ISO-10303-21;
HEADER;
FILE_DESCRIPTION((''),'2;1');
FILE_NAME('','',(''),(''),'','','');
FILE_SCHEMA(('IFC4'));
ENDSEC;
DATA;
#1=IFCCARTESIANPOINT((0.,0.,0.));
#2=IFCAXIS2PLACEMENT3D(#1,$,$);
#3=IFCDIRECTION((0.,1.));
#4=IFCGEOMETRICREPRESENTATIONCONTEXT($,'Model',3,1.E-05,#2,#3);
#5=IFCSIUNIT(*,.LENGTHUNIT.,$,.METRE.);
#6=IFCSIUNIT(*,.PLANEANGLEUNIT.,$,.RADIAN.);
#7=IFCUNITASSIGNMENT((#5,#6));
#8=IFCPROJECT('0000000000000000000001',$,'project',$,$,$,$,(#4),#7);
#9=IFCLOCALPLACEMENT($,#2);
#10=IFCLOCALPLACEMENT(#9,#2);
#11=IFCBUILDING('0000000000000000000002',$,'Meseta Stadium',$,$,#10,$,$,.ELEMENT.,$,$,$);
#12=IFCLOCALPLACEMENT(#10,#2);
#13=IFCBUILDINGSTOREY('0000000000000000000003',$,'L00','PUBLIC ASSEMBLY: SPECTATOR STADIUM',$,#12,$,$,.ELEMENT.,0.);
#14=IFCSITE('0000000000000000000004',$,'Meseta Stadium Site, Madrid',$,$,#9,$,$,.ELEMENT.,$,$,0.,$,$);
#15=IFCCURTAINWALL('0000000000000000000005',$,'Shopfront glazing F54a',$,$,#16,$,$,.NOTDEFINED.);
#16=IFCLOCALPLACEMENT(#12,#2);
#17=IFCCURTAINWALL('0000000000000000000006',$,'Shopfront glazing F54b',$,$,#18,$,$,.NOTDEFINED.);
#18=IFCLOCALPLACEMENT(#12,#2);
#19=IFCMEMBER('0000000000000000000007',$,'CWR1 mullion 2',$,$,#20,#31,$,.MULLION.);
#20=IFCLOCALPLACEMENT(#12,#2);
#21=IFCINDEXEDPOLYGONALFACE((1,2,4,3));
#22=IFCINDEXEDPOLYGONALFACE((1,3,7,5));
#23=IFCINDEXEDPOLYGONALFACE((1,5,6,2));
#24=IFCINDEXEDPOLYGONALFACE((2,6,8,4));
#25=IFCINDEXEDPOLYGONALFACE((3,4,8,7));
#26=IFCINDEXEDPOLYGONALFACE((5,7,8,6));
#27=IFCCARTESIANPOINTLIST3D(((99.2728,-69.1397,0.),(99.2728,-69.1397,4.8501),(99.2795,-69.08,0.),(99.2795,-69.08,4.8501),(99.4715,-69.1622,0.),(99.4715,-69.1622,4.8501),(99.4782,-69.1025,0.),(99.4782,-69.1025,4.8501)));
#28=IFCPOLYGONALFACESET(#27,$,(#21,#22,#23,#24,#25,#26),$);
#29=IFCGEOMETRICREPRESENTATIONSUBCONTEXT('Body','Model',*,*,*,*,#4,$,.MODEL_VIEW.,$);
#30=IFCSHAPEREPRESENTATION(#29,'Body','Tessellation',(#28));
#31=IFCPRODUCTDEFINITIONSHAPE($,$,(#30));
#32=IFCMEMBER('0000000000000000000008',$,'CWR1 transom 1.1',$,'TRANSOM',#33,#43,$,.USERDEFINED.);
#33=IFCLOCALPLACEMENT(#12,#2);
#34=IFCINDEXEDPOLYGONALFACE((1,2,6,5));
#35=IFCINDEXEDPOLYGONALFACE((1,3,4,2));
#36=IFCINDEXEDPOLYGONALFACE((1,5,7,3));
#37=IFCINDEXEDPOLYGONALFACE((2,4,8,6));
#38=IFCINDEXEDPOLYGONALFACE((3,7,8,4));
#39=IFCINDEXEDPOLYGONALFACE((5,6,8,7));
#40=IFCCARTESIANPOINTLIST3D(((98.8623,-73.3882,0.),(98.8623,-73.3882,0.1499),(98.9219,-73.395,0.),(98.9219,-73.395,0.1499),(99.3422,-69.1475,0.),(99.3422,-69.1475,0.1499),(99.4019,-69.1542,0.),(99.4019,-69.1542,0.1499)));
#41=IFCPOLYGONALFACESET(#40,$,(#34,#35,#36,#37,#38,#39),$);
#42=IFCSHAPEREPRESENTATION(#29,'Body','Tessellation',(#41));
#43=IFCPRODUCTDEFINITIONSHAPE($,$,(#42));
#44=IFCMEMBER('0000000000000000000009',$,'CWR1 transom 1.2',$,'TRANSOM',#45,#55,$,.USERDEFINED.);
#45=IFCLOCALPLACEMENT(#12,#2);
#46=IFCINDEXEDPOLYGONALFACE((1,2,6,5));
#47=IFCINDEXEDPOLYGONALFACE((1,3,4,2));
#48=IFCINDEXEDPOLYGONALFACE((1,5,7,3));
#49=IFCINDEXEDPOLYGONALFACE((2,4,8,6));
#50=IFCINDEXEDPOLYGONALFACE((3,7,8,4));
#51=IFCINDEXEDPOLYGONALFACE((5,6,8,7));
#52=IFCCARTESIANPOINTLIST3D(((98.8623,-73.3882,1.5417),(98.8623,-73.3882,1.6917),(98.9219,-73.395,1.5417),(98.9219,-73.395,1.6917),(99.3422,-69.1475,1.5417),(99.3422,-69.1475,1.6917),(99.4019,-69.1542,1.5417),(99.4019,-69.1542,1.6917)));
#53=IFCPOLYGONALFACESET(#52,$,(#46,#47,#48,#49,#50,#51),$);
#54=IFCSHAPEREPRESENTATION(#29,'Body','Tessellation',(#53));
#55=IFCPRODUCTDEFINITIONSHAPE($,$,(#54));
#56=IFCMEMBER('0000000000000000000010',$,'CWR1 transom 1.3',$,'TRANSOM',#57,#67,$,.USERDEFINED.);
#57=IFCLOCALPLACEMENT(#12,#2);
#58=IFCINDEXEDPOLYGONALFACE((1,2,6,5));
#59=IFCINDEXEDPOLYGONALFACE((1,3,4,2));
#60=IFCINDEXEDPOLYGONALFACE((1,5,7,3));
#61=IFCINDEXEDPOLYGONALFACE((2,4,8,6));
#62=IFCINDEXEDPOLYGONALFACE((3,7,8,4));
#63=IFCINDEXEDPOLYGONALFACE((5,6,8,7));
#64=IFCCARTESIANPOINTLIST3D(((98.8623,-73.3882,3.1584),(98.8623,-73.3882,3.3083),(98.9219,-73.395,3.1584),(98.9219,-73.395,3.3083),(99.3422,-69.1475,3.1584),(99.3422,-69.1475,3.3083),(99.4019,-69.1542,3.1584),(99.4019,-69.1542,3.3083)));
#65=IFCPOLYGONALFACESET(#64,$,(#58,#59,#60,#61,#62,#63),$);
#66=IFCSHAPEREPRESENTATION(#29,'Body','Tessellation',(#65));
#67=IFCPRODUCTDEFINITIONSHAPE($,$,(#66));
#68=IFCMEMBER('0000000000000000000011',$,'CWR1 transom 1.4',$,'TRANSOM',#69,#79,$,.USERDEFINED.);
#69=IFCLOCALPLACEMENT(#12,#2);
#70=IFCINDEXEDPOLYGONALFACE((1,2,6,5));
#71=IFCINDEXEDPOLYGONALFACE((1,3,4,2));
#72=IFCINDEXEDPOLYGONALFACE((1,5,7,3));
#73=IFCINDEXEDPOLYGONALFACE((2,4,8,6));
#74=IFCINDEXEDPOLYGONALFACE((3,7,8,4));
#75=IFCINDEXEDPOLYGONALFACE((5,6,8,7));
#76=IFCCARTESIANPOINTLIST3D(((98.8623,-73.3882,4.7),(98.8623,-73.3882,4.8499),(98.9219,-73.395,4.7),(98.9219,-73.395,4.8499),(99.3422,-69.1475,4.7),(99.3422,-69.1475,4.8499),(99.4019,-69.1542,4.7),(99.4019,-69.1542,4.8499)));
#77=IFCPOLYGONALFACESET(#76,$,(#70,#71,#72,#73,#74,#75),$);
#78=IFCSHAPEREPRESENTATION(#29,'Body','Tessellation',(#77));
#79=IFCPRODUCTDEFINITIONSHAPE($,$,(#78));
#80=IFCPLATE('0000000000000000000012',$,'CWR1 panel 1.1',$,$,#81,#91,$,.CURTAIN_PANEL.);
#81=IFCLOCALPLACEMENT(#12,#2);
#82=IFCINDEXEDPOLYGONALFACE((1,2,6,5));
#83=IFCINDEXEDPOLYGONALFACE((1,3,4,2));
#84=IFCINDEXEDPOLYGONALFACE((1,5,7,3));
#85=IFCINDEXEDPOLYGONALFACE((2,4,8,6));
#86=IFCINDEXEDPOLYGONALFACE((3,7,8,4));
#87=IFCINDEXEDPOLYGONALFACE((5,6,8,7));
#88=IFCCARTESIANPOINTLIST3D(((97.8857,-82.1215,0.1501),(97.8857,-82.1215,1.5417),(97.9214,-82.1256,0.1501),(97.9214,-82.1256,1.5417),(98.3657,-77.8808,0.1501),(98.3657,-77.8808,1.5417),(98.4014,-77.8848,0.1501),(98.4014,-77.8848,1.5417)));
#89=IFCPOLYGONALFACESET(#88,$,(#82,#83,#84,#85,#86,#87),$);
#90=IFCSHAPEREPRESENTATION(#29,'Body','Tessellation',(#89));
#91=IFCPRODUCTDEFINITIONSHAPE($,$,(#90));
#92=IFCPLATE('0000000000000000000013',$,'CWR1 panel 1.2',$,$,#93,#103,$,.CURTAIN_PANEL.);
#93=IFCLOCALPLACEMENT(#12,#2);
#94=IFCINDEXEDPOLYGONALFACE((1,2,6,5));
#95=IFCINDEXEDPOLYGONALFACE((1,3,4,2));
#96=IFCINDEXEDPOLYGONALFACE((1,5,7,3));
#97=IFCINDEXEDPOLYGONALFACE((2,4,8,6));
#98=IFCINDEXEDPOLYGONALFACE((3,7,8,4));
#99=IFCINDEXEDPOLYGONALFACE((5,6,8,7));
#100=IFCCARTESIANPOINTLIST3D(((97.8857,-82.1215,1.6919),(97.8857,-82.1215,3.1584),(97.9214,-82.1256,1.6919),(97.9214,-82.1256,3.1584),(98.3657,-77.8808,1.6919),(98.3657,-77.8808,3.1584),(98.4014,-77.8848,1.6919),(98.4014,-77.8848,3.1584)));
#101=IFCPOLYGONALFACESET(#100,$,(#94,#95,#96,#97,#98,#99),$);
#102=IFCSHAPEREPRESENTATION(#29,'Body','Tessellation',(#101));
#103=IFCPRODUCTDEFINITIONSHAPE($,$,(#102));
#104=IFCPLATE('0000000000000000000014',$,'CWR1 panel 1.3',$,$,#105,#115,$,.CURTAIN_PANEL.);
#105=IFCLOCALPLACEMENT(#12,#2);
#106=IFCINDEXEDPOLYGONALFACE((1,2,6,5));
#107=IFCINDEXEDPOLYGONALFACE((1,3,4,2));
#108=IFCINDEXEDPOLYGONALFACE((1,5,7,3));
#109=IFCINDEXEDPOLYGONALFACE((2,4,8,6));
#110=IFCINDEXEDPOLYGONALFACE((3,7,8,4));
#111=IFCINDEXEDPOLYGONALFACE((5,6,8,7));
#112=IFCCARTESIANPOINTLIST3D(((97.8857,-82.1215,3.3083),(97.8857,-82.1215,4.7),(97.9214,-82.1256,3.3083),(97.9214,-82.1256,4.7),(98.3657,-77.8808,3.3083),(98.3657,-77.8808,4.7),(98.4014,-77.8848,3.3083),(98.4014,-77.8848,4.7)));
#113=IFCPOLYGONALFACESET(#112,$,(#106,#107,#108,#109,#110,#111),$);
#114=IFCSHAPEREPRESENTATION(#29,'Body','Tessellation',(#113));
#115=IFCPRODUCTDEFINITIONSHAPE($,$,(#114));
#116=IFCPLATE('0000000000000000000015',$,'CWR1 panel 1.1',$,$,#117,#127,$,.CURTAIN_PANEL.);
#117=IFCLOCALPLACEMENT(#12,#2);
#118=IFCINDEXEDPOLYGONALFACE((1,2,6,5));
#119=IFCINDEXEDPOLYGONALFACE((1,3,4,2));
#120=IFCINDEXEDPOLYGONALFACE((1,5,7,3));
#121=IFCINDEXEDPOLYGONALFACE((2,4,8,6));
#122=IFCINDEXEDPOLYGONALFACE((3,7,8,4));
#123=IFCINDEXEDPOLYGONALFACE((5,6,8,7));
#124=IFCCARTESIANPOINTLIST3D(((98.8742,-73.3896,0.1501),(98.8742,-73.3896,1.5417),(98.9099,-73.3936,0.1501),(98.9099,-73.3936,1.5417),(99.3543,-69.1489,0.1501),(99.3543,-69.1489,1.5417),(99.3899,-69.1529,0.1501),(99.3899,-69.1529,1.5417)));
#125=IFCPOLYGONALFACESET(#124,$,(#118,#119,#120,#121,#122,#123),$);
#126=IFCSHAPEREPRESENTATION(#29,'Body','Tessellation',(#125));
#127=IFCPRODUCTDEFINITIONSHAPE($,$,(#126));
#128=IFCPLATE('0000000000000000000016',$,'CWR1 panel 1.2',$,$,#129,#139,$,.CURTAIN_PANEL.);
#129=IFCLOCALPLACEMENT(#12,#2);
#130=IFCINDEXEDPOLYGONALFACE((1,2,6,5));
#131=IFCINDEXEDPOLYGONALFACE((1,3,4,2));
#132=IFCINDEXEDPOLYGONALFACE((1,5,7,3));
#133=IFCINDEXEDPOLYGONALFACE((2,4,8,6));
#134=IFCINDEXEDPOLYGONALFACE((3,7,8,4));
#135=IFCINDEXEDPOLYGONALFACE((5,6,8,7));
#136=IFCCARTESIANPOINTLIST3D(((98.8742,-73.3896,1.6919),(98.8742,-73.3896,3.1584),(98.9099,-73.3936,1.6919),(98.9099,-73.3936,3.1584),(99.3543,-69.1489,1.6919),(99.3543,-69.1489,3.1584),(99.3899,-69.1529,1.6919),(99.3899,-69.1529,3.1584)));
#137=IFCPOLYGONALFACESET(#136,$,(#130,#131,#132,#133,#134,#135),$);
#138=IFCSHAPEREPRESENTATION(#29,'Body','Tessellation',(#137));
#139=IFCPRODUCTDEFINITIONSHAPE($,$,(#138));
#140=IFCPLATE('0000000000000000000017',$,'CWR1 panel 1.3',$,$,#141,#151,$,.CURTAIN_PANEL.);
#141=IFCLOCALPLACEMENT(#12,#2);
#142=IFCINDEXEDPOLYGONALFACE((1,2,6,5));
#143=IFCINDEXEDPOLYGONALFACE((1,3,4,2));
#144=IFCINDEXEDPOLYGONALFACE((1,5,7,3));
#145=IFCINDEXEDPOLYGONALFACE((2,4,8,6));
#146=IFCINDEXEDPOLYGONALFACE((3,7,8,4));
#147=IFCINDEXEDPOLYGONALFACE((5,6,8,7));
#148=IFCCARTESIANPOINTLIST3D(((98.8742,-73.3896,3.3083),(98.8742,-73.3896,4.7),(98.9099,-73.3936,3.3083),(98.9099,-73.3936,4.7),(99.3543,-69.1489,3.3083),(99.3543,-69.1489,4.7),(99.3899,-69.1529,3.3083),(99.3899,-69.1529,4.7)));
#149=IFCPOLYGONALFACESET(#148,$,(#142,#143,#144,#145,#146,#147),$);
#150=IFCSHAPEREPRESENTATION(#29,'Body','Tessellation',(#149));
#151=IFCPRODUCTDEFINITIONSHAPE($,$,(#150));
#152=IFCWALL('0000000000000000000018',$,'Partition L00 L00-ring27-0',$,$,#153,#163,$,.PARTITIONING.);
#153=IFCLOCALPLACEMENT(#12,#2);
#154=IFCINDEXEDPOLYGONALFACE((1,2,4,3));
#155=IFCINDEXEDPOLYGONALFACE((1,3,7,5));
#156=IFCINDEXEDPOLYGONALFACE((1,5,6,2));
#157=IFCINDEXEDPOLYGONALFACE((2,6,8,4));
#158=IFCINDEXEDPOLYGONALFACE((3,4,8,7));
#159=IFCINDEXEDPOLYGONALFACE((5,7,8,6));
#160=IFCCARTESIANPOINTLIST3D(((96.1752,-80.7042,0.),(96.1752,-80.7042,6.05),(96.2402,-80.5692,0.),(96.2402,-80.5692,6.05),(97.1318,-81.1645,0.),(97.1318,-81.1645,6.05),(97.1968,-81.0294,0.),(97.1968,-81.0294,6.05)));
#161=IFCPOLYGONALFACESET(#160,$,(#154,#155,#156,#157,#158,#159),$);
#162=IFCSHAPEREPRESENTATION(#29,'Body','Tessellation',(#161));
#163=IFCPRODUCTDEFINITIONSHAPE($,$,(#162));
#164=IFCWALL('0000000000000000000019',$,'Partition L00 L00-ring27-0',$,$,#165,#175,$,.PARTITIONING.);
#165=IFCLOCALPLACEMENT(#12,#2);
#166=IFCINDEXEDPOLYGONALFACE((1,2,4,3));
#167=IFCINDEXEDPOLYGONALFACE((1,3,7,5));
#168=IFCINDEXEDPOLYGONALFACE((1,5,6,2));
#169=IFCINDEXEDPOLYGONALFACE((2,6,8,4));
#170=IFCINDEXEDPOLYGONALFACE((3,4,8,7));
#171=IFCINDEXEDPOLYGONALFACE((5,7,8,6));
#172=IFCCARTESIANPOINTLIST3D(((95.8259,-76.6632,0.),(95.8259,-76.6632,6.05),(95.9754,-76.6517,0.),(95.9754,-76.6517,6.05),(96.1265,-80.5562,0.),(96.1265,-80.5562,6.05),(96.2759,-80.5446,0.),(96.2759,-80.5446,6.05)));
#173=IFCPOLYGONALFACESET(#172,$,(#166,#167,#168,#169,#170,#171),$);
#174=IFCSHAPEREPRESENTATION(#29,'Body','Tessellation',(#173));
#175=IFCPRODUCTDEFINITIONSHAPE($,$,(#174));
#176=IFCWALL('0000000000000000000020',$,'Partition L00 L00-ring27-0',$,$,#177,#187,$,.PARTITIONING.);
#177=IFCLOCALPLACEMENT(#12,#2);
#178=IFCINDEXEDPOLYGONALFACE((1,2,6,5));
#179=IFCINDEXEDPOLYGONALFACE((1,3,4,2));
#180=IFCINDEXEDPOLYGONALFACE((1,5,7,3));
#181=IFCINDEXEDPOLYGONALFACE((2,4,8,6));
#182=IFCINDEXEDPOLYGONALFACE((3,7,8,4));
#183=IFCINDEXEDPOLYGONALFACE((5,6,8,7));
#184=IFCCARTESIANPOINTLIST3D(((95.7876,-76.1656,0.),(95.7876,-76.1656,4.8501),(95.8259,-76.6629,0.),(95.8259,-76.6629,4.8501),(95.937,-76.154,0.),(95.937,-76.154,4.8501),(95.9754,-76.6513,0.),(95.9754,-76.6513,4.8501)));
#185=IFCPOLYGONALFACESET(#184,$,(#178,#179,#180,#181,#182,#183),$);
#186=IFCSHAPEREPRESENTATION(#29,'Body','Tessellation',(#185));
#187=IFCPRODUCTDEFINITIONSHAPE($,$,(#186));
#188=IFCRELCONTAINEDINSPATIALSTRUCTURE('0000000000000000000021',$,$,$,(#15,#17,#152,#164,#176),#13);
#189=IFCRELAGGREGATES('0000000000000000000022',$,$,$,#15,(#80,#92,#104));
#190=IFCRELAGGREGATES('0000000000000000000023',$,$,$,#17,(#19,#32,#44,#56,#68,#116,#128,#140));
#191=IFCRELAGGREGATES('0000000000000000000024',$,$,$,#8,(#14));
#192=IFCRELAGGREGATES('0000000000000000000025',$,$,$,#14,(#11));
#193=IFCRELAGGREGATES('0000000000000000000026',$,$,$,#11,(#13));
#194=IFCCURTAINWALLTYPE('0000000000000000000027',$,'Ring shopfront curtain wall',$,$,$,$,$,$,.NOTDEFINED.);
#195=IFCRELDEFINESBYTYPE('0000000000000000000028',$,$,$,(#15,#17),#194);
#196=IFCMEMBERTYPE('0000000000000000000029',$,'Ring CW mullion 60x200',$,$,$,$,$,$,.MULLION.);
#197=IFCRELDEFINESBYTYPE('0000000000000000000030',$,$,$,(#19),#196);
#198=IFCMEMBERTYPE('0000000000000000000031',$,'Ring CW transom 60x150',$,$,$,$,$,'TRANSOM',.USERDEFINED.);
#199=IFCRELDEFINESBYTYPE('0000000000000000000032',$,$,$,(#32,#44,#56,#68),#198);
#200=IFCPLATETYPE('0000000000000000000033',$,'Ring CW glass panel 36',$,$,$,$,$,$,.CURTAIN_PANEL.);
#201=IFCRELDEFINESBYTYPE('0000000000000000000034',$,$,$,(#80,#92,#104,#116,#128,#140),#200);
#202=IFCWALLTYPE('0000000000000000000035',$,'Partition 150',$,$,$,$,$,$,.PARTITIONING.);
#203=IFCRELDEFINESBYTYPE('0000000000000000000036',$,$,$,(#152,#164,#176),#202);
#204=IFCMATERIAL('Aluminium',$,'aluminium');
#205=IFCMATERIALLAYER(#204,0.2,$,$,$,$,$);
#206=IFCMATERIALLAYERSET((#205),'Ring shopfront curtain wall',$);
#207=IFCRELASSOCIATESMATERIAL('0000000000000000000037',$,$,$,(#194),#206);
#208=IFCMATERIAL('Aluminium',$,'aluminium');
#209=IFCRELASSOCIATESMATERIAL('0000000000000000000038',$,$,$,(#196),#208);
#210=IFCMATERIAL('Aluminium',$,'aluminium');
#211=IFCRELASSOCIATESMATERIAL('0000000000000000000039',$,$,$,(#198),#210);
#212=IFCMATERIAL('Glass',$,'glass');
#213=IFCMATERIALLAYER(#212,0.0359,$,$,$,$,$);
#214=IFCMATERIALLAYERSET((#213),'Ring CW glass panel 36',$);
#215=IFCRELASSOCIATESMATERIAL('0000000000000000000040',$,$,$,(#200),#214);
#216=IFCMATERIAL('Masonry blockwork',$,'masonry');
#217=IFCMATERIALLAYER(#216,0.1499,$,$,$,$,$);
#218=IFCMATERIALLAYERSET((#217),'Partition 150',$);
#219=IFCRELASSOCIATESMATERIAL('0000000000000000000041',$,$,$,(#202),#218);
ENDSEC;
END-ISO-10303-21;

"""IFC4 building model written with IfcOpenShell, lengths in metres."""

from ifc_helpers import new_model, si_unit, direction, frame, frame_2d, origin, origin_2d, place, context, subcontext, project, spatial, rectangle, extrude, material, layer, layer_set, material_profile, profile_set, type_object, element, aggregate, save


model = new_model("IFC4")

# Units and contexts
model_context = context("Model", 3, precision=1e-05, world=origin(), true_north=direction((0.0, 1.0)))
body_context = subcontext(model_context, "Body", "Model", "MODEL_VIEW")
ifc_project = project(units=[si_unit("LENGTHUNIT", "METRE"), si_unit("PLANEANGLEUNIT", "RADIAN")], contexts=[model_context])

# Site, building, storey
site_placement = place(None, origin())
site = spatial("IfcSite", under=ifc_project, at=site_placement, Name="Meseta Stadium Site, Madrid", CompositionType="ELEMENT", RefElevation=0.0)
building_placement = place(site_placement, origin())
building = spatial("IfcBuilding", under=site, at=building_placement, Name="Meseta Stadium", CompositionType="ELEMENT")
storey_placement = place(building_placement, origin())
storey = spatial("IfcBuildingStorey", under=building, at=storey_placement, Name="L00", Description="PUBLIC ASSEMBLY: SPECTATOR STADIUM", CompositionType="ELEMENT", Elevation=0.0)

# Curtain wall
ifc_material_1 = material(Name="Aluminium", Category="aluminium")
ifc_layer_1 = layer(ifc_material_1, 0.2)
ifc_layer_set_1 = layer_set([ifc_layer_1], Name="Ring shopfront curtain wall")
curtain_wall_type = type_object("IfcCurtainWallType", Name="Ring shopfront curtain wall", PredefinedType="NOTDEFINED", material=ifc_layer_set_1)
curtain_wall_1_placement = place(storey_placement, origin())
curtain_wall_1 = element("IfcCurtainWall", 1, at=curtain_wall_1_placement, inside=storey, type_object=curtain_wall_type, Name="Shopfront glazing F54a", PredefinedType="NOTDEFINED")
ifc_material_2 = material(Name="Aluminium", Category="aluminium")
ifc_material_profile_1 = material_profile(ifc_material_2, rectangle(XDim=0.2, YDim=0.0601, at=origin_2d()), Name="CW 200x60")
ifc_profile_set_1 = profile_set([ifc_material_profile_1], Name="Aluminium")
member_type_1 = type_object("IfcMemberType", Name="Ring CW mullion 60x200", PredefinedType="MULLION", material=ifc_profile_set_1)

# Curtain wall, members
curtain_wall_2_placement = place(storey_placement, origin())
curtain_wall_2 = element("IfcCurtainWall", 2, at=curtain_wall_2_placement, inside=storey, type_object=curtain_wall_type, Name="Shopfront glazing F54b", PredefinedType="NOTDEFINED")
member_1_placement = place(storey_placement, frame((99.3755, -69.1211, 0.0), z_axis=(0.0, 0.0, 1.0), x_axis=(-0.993655, 0.112472, 0.0)))
member_1 = element("IfcMember", 3, at=member_1_placement, type_object=member_type_1, Name="CWR1 mullion 2", PredefinedType="MULLION", context=body_context, shape_type="SweptSolid", body=[
    extrude(rectangle(XDim=0.2, YDim=0.0601, at=origin_2d()), origin(), (0.0, 0.0, 1.0), 4.8501),
])
ifc_material_3 = material(Name="Aluminium", Category="aluminium")
ifc_material_profile_2 = material_profile(ifc_material_3, rectangle(XDim=0.0601, YDim=0.1499, at=origin_2d()), Name="CW 60x150")
ifc_profile_set_2 = profile_set([ifc_material_profile_2], Name="Aluminium")
member_type_2 = type_object("IfcMemberType", Name="Ring CW transom 60x150", ElementType="TRANSOM", PredefinedType="USERDEFINED", material=ifc_profile_set_2)
member_2_placement = place(storey_placement, frame((98.8921, -73.3916, 0.075), z_axis=(0.112466, 0.993656, 0.0), x_axis=(-0.993656, 0.112466, 0.0)))
member_2 = element("IfcMember", 4, at=member_2_placement, type_object=member_type_2, Name="CWR1 transom 1.1", ObjectType="TRANSOM", PredefinedType="USERDEFINED", context=body_context, shape_type="SweptSolid", body=[
    extrude(rectangle(XDim=0.0601, YDim=0.1499, at=origin_2d()), origin(), (0.0, 0.0, 1.0), 4.2678),
])
member_3_placement = place(storey_placement, frame((98.8921, -73.3916, 1.6167), z_axis=(0.112466, 0.993656, 0.0), x_axis=(-0.993656, 0.112466, 0.0)))
member_3 = element("IfcMember", 5, at=member_3_placement, type_object=member_type_2, Name="CWR1 transom 1.2", ObjectType="TRANSOM", PredefinedType="USERDEFINED", context=body_context, shape_type="SweptSolid", body=[
    extrude(rectangle(XDim=0.0601, YDim=0.1499, at=origin_2d()), origin(), (0.0, 0.0, 1.0), 4.2678),
])
member_4_placement = place(storey_placement, frame((98.8921, -73.3916, 3.2334), z_axis=(0.112466, 0.993656, 0.0), x_axis=(-0.993656, 0.112466, 0.0)))
member_4 = element("IfcMember", 6, at=member_4_placement, type_object=member_type_2, Name="CWR1 transom 1.3", ObjectType="TRANSOM", PredefinedType="USERDEFINED", context=body_context, shape_type="SweptSolid", body=[
    extrude(rectangle(XDim=0.0601, YDim=0.1499, at=origin_2d()), origin(), (0.0, 0.0, 1.0), 4.2678),
])
member_5_placement = place(storey_placement, frame((98.8921, -73.3916, 4.7749), z_axis=(0.112466, 0.993656, 0.0), x_axis=(-0.993656, 0.112466, 0.0)))
member_5 = element("IfcMember", 7, at=member_5_placement, type_object=member_type_2, Name="CWR1 transom 1.4", ObjectType="TRANSOM", PredefinedType="USERDEFINED", context=body_context, shape_type="SweptSolid", body=[
    extrude(rectangle(XDim=0.0601, YDim=0.1499, at=origin_2d()), origin(), (0.0, 0.0, 1.0), 4.2678),
])

# Plates
ifc_material_4 = material(Name="Glass", Category="glass")
ifc_layer_2 = layer(ifc_material_4, 0.0359)
ifc_layer_set_2 = layer_set([ifc_layer_2], Name="Ring CW glass panel 36")
plate_type = type_object("IfcPlateType", Name="Ring CW glass panel 36", PredefinedType="CURTAIN_PANEL", material=ifc_layer_set_2)
plate_1_placement = place(storey_placement, frame((98.1436, -80.0032, 0.1501), z_axis=(0.0, 0.0, 1.0), x_axis=(0.112472, 0.993655, 0.0)))
plate_1 = element("IfcPlate", 8, at=plate_1_placement, type_object=plate_type, Name="CWR1 panel 1.1", PredefinedType="CURTAIN_PANEL", context=body_context, shape_type="SweptSolid", body=[
    extrude(rectangle(XDim=4.2678, YDim=0.0359, at=origin_2d()), origin(), (0.0, 0.0, 1.0), 1.3916),
])
plate_2_placement = place(storey_placement, frame((98.1436, -80.0032, 1.6919), z_axis=(0.0, 0.0, 1.0), x_axis=(0.112472, 0.993655, 0.0)))
plate_2 = element("IfcPlate", 9, at=plate_2_placement, type_object=plate_type, Name="CWR1 panel 1.2", PredefinedType="CURTAIN_PANEL", context=body_context, shape_type="SweptSolid", body=[
    extrude(rectangle(XDim=4.2678, YDim=0.0359, at=origin_2d()), origin(), (0.0, 0.0, 1.0), 1.4666),
])
plate_3_placement = place(storey_placement, frame((98.1436, -80.0032, 3.3083), z_axis=(0.0, 0.0, 1.0), x_axis=(0.112472, 0.993655, 0.0)))
plate_3 = element("IfcPlate", 10, at=plate_3_placement, type_object=plate_type, Name="CWR1 panel 1.3", PredefinedType="CURTAIN_PANEL", context=body_context, shape_type="SweptSolid", body=[
    extrude(rectangle(XDim=4.2678, YDim=0.0359, at=origin_2d()), origin(), (0.0, 0.0, 1.0), 1.3916),
])
aggregate(curtain_wall_1, [plate_1, plate_2, plate_3])
plate_4_placement = place(storey_placement, frame((99.1321, -71.2712, 0.1501), z_axis=(0.0, 0.0, 1.0), x_axis=(0.112472, 0.993655, 0.0)))
plate_4 = element("IfcPlate", 11, at=plate_4_placement, type_object=plate_type, Name="CWR1 panel 1.1", PredefinedType="CURTAIN_PANEL", context=body_context, shape_type="SweptSolid", body=[
    extrude(rectangle(XDim=4.2678, YDim=0.0359, at=origin_2d()), origin(), (0.0, 0.0, 1.0), 1.3916),
])
plate_5_placement = place(storey_placement, frame((99.1321, -71.2712, 1.6919), z_axis=(0.0, 0.0, 1.0), x_axis=(0.112472, 0.993655, 0.0)))
plate_5 = element("IfcPlate", 12, at=plate_5_placement, type_object=plate_type, Name="CWR1 panel 1.2", PredefinedType="CURTAIN_PANEL", context=body_context, shape_type="SweptSolid", body=[
    extrude(rectangle(XDim=4.2678, YDim=0.0359, at=origin_2d()), origin(), (0.0, 0.0, 1.0), 1.4666),
])
plate_6_placement = place(storey_placement, frame((99.1321, -71.2712, 3.3083), z_axis=(0.0, 0.0, 1.0), x_axis=(0.112472, 0.993655, 0.0)))
plate_6 = element("IfcPlate", 13, at=plate_6_placement, type_object=plate_type, Name="CWR1 panel 1.3", PredefinedType="CURTAIN_PANEL", context=body_context, shape_type="SweptSolid", body=[
    extrude(rectangle(XDim=4.2678, YDim=0.0359, at=origin_2d()), origin(), (0.0, 0.0, 1.0), 1.3916),
])
aggregate(curtain_wall_2, [member_1, member_2, member_3, member_4, member_5, plate_4, plate_5, plate_6])

# Walls
ifc_material_5 = material(Name="Masonry blockwork", Category="masonry")
ifc_layer_3 = layer(ifc_material_5, 0.1499)
ifc_layer_set_3 = layer_set([ifc_layer_3], Name="Partition 150")
wall_type_1 = type_object("IfcWallType", Name="Partition 150", PredefinedType="PARTITIONING", material=ifc_layer_set_3)
wall_1_placement = place(storey_placement, frame((97.1643, -81.0969, 0.0), z_axis=(0.0, 0.0, 1.0), x_axis=(-0.901131, 0.433546, 0.0)))
element("IfcWall", 14, at=wall_1_placement, inside=storey, type_object=wall_type_1, Name="Partition L00 L00-ring27-0", PredefinedType="PARTITIONING", context=body_context, shape_type="SweptSolid", body=[
    extrude(rectangle(XDim=1.0615, YDim=0.1499, at=frame_2d((0.5308, 0.0))), origin(), (0.0, 0.0, 1.0), 6.05),
])
wall_2_placement = place(storey_placement, frame((96.2012, -80.5503, 0.0), z_axis=(0.0, 0.0, 1.0), x_axis=(-0.076969, 0.997033, 0.0)))
element("IfcWall", 15, at=wall_2_placement, inside=storey, type_object=wall_type_1, Name="Partition L00 L00-ring27-0", PredefinedType="PARTITIONING", context=body_context, shape_type="SweptSolid", body=[
    extrude(rectangle(XDim=3.9045, YDim=0.1499, at=frame_2d((1.9521, 0.0))), origin(), (0.0, 0.0, 1.0), 6.05),
])
wall_3_placement = place(storey_placement, frame((95.9006, -76.6572, 0.0), z_axis=(0.0, 0.0, 1.0), x_axis=(-0.076846, 0.997043, 0.0)))
element("IfcWall", 16, at=wall_3_placement, inside=storey, type_object=wall_type_1, Name="Partition L00 L00-ring27-0", PredefinedType="PARTITIONING", context=body_context, shape_type="SweptSolid", body=[
    extrude(rectangle(XDim=0.4988, YDim=0.1499, at=frame_2d((0.2495, 0.0))), origin(), (0.0, 0.0, 1.0), 4.8501),
])

save(model, "model.ifc")
